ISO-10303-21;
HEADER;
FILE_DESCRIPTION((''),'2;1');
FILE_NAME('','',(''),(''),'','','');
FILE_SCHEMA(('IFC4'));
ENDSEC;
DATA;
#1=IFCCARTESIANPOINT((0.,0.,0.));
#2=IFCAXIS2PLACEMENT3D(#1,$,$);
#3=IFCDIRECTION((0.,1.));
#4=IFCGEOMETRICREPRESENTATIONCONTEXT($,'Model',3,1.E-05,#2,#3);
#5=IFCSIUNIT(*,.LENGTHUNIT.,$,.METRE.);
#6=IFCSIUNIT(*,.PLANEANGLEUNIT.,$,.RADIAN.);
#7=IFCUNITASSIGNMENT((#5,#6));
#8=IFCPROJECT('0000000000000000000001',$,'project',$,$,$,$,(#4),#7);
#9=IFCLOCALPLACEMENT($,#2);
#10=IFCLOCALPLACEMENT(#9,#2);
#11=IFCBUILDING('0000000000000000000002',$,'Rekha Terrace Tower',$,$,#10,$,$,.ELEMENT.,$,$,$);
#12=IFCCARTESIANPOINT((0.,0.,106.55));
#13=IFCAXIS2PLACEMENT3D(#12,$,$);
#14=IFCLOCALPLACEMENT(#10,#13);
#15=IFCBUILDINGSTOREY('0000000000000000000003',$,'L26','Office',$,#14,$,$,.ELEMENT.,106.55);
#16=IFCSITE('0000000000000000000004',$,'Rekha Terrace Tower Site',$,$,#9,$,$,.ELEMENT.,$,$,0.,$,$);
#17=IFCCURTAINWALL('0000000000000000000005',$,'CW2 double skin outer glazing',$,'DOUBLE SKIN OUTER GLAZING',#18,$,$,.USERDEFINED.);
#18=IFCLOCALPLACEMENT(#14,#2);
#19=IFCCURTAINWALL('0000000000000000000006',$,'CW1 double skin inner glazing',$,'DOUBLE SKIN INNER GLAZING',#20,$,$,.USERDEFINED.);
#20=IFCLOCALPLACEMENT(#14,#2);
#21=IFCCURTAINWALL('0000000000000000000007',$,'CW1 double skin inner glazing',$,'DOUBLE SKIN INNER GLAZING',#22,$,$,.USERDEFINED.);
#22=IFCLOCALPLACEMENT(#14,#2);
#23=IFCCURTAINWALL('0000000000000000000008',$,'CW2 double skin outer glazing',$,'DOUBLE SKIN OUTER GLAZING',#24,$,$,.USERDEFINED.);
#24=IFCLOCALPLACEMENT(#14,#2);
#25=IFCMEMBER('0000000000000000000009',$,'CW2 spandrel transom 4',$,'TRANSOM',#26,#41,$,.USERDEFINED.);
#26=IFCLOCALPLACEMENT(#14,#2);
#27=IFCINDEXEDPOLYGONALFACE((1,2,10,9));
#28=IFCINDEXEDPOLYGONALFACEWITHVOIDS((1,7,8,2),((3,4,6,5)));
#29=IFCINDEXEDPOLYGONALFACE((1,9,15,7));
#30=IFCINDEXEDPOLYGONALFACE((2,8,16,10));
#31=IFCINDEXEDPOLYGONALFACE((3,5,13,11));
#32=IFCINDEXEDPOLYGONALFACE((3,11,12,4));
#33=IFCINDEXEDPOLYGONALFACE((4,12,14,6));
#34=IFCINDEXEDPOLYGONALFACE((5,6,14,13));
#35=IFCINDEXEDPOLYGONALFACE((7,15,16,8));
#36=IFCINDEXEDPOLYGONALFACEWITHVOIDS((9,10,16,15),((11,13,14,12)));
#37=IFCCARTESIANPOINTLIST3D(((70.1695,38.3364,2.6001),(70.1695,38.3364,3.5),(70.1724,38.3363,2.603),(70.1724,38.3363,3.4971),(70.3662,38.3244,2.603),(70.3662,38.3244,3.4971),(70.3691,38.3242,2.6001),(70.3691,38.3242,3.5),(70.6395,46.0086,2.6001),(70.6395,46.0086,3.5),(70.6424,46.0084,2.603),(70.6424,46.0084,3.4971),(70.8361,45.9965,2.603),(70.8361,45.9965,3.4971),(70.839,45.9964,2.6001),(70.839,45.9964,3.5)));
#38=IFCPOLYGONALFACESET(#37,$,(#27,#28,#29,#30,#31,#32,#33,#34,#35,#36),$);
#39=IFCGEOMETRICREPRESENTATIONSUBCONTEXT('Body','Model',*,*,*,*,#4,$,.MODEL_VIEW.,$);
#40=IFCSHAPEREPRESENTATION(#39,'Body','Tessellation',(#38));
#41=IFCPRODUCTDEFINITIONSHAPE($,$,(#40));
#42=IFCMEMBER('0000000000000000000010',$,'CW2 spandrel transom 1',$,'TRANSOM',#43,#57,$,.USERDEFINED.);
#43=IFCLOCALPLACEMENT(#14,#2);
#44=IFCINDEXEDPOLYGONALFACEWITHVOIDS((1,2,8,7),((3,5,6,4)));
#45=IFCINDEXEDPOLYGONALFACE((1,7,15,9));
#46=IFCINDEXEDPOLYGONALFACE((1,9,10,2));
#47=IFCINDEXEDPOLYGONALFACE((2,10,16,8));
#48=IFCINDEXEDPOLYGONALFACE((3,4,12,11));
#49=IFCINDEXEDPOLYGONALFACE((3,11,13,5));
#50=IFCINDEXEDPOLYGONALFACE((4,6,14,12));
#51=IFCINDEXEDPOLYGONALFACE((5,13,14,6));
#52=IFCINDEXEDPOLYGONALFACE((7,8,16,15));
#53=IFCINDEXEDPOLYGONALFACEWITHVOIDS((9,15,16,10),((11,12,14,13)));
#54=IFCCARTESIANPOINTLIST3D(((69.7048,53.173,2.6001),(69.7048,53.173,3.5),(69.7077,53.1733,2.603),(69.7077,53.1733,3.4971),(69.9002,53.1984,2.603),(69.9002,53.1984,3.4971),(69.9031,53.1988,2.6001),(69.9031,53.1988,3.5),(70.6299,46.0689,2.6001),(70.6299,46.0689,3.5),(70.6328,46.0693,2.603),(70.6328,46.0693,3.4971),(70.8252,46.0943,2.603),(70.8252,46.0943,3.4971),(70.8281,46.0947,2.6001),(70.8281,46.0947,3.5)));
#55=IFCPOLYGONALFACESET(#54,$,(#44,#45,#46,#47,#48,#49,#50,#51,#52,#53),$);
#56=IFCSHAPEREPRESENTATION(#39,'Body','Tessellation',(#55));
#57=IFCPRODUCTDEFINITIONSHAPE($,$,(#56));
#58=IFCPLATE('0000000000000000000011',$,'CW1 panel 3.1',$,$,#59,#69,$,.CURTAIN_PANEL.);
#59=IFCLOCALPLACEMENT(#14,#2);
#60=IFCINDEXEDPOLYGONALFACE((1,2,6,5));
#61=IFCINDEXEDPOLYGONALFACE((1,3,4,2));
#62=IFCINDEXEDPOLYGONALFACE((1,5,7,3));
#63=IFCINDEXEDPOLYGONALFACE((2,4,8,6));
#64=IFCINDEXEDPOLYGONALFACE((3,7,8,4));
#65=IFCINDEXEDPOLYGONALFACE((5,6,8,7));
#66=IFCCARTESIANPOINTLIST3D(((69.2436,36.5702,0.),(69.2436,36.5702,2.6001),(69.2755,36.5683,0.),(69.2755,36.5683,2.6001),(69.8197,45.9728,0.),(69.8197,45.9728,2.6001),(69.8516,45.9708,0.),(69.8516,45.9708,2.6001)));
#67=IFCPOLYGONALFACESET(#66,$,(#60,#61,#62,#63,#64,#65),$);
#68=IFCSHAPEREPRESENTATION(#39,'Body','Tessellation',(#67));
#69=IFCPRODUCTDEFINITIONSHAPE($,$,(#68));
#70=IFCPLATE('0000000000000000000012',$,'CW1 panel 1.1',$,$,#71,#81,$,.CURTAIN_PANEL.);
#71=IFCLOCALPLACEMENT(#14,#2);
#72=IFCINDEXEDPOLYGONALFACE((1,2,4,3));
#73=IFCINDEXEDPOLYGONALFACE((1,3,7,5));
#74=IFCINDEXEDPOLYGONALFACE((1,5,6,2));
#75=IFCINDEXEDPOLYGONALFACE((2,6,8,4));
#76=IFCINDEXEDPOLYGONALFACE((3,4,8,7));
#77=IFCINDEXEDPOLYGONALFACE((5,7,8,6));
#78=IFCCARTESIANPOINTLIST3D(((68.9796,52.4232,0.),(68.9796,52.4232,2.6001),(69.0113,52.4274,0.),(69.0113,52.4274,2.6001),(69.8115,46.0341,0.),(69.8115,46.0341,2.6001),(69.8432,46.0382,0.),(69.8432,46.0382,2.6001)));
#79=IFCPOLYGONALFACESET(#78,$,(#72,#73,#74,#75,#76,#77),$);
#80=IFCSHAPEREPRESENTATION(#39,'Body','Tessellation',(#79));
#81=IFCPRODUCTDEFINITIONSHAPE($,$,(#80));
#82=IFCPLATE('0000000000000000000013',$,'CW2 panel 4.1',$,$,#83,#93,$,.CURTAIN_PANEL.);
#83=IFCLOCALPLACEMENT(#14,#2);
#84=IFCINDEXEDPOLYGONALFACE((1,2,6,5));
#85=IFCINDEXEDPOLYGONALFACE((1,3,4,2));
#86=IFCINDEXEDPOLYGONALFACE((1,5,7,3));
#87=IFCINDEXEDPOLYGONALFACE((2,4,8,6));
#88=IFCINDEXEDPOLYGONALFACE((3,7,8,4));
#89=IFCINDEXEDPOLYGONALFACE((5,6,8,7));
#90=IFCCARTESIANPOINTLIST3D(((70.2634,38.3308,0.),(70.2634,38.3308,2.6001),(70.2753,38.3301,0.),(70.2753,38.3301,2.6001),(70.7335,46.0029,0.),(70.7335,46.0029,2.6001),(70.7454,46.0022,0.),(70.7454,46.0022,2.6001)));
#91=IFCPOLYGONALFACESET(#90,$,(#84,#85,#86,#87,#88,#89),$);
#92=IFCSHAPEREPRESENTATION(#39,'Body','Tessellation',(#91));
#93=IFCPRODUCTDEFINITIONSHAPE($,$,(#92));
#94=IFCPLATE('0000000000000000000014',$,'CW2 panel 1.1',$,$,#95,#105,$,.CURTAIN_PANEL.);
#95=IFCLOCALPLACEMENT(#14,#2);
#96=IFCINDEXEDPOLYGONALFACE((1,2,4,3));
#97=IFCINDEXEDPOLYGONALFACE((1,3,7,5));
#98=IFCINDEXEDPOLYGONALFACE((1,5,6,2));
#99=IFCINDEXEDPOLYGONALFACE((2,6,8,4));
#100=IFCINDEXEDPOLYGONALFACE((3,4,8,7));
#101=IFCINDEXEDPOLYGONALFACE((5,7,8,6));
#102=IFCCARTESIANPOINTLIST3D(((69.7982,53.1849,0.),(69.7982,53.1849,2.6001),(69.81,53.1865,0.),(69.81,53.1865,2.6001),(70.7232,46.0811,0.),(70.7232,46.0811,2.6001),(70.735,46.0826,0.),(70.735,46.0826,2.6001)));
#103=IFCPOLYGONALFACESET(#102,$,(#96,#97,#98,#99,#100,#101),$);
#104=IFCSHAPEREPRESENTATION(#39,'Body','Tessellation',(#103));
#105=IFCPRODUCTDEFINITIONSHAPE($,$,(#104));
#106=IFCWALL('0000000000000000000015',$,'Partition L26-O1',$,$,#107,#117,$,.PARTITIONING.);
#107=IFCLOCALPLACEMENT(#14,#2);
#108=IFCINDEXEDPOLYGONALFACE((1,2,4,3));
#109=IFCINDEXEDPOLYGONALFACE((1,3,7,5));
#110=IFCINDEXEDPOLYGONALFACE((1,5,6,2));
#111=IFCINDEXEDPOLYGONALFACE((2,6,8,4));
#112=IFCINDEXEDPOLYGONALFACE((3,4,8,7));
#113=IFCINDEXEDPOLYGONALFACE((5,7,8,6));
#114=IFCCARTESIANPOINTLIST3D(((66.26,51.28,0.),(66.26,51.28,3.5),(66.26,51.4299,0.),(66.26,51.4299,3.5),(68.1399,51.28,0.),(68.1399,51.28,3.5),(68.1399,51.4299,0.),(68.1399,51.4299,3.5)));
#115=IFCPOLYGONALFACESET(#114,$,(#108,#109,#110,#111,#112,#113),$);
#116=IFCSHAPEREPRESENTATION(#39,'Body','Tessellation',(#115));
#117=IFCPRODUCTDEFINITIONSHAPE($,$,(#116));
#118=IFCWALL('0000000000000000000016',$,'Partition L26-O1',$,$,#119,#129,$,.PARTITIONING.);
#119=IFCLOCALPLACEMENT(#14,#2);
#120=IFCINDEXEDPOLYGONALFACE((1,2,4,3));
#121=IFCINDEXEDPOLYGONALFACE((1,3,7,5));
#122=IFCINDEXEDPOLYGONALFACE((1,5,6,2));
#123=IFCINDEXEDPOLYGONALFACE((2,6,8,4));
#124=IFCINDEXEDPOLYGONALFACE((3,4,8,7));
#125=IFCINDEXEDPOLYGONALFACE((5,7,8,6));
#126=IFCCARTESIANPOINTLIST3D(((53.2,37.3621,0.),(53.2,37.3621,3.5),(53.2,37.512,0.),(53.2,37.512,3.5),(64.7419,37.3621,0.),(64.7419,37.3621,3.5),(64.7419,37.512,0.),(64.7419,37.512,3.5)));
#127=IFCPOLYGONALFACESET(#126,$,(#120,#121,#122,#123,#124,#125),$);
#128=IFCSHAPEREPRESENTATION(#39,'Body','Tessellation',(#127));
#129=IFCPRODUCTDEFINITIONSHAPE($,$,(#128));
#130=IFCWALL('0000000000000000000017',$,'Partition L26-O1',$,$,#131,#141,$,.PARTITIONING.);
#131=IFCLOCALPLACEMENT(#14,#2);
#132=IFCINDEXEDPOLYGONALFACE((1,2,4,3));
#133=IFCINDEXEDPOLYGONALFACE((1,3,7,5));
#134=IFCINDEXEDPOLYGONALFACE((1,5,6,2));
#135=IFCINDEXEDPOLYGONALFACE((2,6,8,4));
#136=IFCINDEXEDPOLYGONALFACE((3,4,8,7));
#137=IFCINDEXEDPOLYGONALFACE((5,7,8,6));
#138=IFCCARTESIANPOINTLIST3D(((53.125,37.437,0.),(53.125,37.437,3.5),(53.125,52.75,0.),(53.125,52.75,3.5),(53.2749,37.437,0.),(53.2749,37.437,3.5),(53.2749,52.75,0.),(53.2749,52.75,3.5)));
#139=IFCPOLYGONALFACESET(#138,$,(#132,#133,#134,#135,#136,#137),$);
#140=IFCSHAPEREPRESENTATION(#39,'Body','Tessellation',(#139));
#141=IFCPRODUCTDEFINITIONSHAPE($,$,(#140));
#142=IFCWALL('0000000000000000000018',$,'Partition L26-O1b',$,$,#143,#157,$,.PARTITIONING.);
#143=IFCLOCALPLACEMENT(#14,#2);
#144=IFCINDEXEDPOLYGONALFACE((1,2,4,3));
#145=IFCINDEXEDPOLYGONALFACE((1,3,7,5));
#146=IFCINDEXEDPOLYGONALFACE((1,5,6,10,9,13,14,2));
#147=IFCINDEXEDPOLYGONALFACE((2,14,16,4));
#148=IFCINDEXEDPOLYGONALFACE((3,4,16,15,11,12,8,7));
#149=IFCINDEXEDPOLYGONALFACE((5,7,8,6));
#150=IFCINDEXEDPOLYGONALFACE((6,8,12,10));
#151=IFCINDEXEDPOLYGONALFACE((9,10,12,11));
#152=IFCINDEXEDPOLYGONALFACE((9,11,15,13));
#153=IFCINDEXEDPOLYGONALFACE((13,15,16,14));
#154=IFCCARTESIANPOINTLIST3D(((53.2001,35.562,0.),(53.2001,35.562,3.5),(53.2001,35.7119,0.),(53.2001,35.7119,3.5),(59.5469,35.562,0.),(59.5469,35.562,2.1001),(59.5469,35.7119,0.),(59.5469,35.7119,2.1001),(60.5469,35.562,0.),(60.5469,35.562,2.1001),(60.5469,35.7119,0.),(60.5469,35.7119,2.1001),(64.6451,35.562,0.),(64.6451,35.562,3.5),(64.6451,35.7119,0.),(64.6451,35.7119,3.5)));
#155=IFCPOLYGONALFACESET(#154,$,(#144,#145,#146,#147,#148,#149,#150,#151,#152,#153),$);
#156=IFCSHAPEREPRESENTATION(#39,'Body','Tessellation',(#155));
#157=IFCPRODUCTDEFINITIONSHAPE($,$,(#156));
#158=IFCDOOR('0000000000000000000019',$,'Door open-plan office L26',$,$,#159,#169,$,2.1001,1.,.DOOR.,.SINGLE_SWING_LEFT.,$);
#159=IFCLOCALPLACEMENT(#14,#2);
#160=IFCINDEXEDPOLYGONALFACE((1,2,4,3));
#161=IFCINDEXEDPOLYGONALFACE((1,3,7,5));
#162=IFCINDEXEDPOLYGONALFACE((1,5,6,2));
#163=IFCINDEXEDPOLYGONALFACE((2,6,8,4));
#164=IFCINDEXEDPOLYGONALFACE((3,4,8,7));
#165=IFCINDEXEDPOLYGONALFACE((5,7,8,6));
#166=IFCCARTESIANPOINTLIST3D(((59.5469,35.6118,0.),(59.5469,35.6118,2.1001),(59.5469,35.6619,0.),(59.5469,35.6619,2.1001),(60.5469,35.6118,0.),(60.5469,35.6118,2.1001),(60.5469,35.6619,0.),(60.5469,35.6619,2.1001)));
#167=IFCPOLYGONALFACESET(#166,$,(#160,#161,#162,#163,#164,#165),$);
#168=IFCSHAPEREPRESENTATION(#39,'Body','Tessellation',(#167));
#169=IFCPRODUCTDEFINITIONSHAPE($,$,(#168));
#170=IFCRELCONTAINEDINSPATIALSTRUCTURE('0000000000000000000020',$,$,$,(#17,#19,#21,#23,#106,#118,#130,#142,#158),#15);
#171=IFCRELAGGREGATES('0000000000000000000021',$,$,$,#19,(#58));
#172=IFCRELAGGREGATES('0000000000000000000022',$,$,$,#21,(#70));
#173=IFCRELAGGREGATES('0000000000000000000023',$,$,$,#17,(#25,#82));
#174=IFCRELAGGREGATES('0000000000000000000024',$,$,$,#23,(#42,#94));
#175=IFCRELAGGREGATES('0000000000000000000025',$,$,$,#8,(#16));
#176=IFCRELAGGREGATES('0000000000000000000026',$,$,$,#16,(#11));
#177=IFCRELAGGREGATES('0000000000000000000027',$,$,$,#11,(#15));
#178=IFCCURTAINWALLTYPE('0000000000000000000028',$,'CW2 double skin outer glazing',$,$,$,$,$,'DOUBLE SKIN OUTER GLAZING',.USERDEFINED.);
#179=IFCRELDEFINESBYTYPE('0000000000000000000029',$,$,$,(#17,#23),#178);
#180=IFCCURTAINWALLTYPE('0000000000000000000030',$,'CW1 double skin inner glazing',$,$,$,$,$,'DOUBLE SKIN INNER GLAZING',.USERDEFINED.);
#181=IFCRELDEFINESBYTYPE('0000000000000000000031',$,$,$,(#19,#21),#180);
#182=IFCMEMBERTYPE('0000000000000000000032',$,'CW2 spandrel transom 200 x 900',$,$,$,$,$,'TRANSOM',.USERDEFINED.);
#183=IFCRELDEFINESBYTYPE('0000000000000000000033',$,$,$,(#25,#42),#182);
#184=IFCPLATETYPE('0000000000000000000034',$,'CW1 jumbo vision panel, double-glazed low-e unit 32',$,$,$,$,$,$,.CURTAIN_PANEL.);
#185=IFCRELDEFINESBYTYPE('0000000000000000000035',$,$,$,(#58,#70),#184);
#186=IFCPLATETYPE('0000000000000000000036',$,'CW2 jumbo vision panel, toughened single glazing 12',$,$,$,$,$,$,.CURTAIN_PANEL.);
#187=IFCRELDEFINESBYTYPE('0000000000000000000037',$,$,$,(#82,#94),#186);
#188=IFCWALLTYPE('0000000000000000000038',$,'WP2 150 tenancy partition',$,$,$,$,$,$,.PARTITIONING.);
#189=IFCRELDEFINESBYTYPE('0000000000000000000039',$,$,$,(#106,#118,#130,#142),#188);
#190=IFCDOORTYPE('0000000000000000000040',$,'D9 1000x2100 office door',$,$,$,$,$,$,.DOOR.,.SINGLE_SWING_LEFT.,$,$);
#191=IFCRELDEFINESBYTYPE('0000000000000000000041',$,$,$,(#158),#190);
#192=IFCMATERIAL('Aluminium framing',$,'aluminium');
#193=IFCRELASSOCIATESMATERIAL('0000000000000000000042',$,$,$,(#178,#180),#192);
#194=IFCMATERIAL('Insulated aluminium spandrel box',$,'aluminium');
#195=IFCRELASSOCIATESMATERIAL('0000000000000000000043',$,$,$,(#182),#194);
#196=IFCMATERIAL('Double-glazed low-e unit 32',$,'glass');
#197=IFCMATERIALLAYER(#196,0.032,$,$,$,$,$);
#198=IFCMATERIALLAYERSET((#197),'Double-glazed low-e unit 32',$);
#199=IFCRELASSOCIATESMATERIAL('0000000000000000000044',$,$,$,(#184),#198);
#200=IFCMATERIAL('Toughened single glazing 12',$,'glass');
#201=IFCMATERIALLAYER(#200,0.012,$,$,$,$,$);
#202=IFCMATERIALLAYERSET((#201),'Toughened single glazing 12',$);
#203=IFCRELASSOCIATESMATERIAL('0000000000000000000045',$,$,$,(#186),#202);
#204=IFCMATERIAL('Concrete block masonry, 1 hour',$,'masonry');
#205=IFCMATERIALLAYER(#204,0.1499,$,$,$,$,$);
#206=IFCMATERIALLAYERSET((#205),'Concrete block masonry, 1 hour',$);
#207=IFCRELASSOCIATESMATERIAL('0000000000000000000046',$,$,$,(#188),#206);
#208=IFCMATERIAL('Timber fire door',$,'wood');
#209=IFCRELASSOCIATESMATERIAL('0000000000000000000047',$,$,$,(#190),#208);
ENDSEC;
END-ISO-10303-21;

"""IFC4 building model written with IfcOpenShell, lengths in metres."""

from ifc_helpers import new_model, si_unit, direction, frame, frame_2d, origin, origin_2d, place, context, subcontext, project, spatial, rectangle, hollow_rectangle, extrude, material, layer, layer_set, material_profile, profile_set, type_object, element, fill, aggregate, save


model = new_model("IFC4")

# Units and contexts
model_context = context("Model", 3, precision=1e-05, world=origin(), true_north=direction((0.0, 1.0)))
body_context = subcontext(model_context, "Body", "Model", "MODEL_VIEW")
ifc_project = project(units=[si_unit("LENGTHUNIT", "METRE"), si_unit("PLANEANGLEUNIT", "RADIAN")], contexts=[model_context])

# Site, building, storey
site_placement = place(None, origin())
site = spatial("IfcSite", under=ifc_project, at=site_placement, Name="Rekha Terrace Tower Site", CompositionType="ELEMENT", RefElevation=0.0)
building_placement = place(site_placement, origin())
building = spatial("IfcBuilding", under=site, at=building_placement, Name="Rekha Terrace Tower", CompositionType="ELEMENT")
storey_placement = place(building_placement, frame((0.0, 0.0, 106.55)))
storey = spatial("IfcBuildingStorey", under=building, at=storey_placement, Name="L26", Description="Office", CompositionType="ELEMENT", Elevation=106.55)

# Curtain walls
ifc_material_1 = material(Name="Aluminium framing", Category="aluminium")
curtain_wall_type_1 = type_object("IfcCurtainWallType", Name="CW2 double skin outer glazing", ElementType="DOUBLE SKIN OUTER GLAZING", PredefinedType="USERDEFINED", material=ifc_material_1)
curtain_wall_1_placement = place(storey_placement, origin())
curtain_wall_1 = element("IfcCurtainWall", 1, at=curtain_wall_1_placement, inside=storey, type_object=curtain_wall_type_1, Name="CW2 double skin outer glazing", ObjectType="DOUBLE SKIN OUTER GLAZING", PredefinedType="USERDEFINED")
curtain_wall_type_2 = type_object("IfcCurtainWallType", Name="CW1 double skin inner glazing", ElementType="DOUBLE SKIN INNER GLAZING", PredefinedType="USERDEFINED", material=ifc_material_1)
curtain_wall_2_placement = place(storey_placement, origin())
curtain_wall_2 = element("IfcCurtainWall", 2, at=curtain_wall_2_placement, inside=storey, type_object=curtain_wall_type_2, Name="CW1 double skin inner glazing", ObjectType="DOUBLE SKIN INNER GLAZING", PredefinedType="USERDEFINED")
curtain_wall_3_placement = place(storey_placement, origin())
curtain_wall_3 = element("IfcCurtainWall", 3, at=curtain_wall_3_placement, inside=storey, type_object=curtain_wall_type_2, Name="CW1 double skin inner glazing", ObjectType="DOUBLE SKIN INNER GLAZING", PredefinedType="USERDEFINED")

# Shared definitions
ifc_material_2 = material(Name="Insulated aluminium spandrel box", Category="aluminium")

# Curtain wall
curtain_wall_4_placement = place(storey_placement, origin())
curtain_wall_4 = element("IfcCurtainWall", 4, at=curtain_wall_4_placement, inside=storey, type_object=curtain_wall_type_1, Name="CW2 double skin outer glazing", ObjectType="DOUBLE SKIN OUTER GLAZING", PredefinedType="USERDEFINED")

# Members
ifc_material_profile_1 = material_profile(ifc_material_2, hollow_rectangle(XDim=0.2, YDim=0.8999, WallThickness=0.0029, at=origin_2d()), Name="AL SPANDREL BOX 200x900")
ifc_profile_set_1 = profile_set([ifc_material_profile_1], Name="Insulated aluminium spandrel box")
member_type_1 = type_object("IfcMemberType", Name="CW2 spandrel transom 200 x 900", ElementType="TRANSOM", PredefinedType="USERDEFINED", material=ifc_profile_set_1)
member_1_placement = place(storey_placement, frame((70.2693, 38.3303, 3.05), z_axis=(0.061142, 0.998129, 0.0), x_axis=(-0.998129, 0.061142, 0.0)))
member_1 = element("IfcMember", 5, at=member_1_placement, type_object=member_type_1, Name="CW2 spandrel transom 4", ObjectType="TRANSOM", PredefinedType="USERDEFINED", context=body_context, shape_type="SweptSolid", body=[
    extrude(hollow_rectangle(XDim=0.2, YDim=0.8999, WallThickness=0.0029, at=origin_2d()), origin(), (0.0, 0.0, 1.0), 7.6865),
])
member_2_placement = place(storey_placement, frame((70.729, 46.0818, 3.05), z_axis=(-0.129125, 0.991628, 0.0), x_axis=(-0.991628, -0.129125, 0.0)))
member_2 = element("IfcMember", 6, at=member_2_placement, type_object=member_type_1, Name="CW2 spandrel transom 1", ObjectType="TRANSOM", PredefinedType="USERDEFINED", context=body_context, shape_type="SweptSolid", body=[
    extrude(hollow_rectangle(XDim=0.2, YDim=0.8999, WallThickness=0.0029, at=origin_2d()), origin(), (0.0, 0.0, 1.0), 7.1641),
])

# Plates
ifc_material_3 = material(Name="Double-glazed low-e unit 32", Category="glass")
ifc_layer_1 = layer(ifc_material_3, 0.032)
ifc_layer_set_1 = layer_set([ifc_layer_1], Name="Double-glazed low-e unit 32")
plate_type_1 = type_object("IfcPlateType", Name="CW1 jumbo vision panel, double-glazed low-e unit 32", PredefinedType="CURTAIN_PANEL", material=ifc_layer_set_1)
plate_1_placement = place(storey_placement, frame((69.5476, 41.2705, 0.0), z_axis=(0.0, 0.0, 1.0), x_axis=(0.06116, 0.998128, 0.0)))
plate_1 = element("IfcPlate", 7, at=plate_1_placement, type_object=plate_type_1, Name="CW1 panel 3.1", PredefinedType="CURTAIN_PANEL", context=body_context, shape_type="SweptSolid", body=[
    extrude(rectangle(XDim=9.4202, YDim=0.032, at=origin_2d()), origin(), (0.0, 0.0, 1.0), 2.6001),
])
aggregate(curtain_wall_2, [plate_1])
plate_2_placement = place(storey_placement, frame((69.4114, 49.2307, 0.0), z_axis=(0.0, 0.0, 1.0), x_axis=(-0.129118, 0.991629, 0.0)))
plate_2 = element("IfcPlate", 8, at=plate_2_placement, type_object=plate_type_1, Name="CW1 panel 1.1", PredefinedType="CURTAIN_PANEL", context=body_context, shape_type="SweptSolid", body=[
    extrude(rectangle(XDim=6.4431, YDim=0.032, at=origin_2d()), origin(), (0.0, 0.0, 1.0), 2.6001),
])
aggregate(curtain_wall_3, [plate_2])
ifc_material_4 = material(Name="Toughened single glazing 12", Category="glass")
ifc_layer_2 = layer(ifc_material_4, 0.012)
ifc_layer_set_2 = layer_set([ifc_layer_2], Name="Toughened single glazing 12")
plate_type_2 = type_object("IfcPlateType", Name="CW2 jumbo vision panel, toughened single glazing 12", PredefinedType="CURTAIN_PANEL", material=ifc_layer_set_2)
plate_3_placement = place(storey_placement, frame((70.5044, 42.1665, 0.0), z_axis=(0.0, 0.0, 1.0), x_axis=(0.06116, 0.998128, 0.0)))
plate_3 = element("IfcPlate", 9, at=plate_3_placement, type_object=plate_type_2, Name="CW2 panel 4.1", PredefinedType="CURTAIN_PANEL", context=body_context, shape_type="SweptSolid", body=[
    extrude(rectangle(XDim=7.6865, YDim=0.012, at=origin_2d()), origin(), (0.0, 0.0, 1.0), 2.6001),
])
aggregate(curtain_wall_1, [member_1, plate_3])
plate_4_placement = place(storey_placement, frame((70.2666, 49.6338, 0.0), z_axis=(0.0, 0.0, 1.0), x_axis=(-0.129118, 0.991629, 0.0)))
plate_4 = element("IfcPlate", 10, at=plate_4_placement, type_object=plate_type_2, Name="CW2 panel 1.1", PredefinedType="CURTAIN_PANEL", context=body_context, shape_type="SweptSolid", body=[
    extrude(rectangle(XDim=7.1638, YDim=0.012, at=origin_2d()), origin(), (0.0, 0.0, 1.0), 2.6001),
])
aggregate(curtain_wall_4, [member_2, plate_4])

# Walls
ifc_material_5 = material(Name="Concrete block masonry, 1 hour", Category="masonry")
ifc_layer_3 = layer(ifc_material_5, 0.1499)
ifc_layer_set_3 = layer_set([ifc_layer_3], Name="Concrete block masonry, 1 hour")
wall_type_1 = type_object("IfcWallType", Name="WP2 150 tenancy partition", PredefinedType="PARTITIONING", material=ifc_layer_set_3)
wall_1_placement = place(storey_placement, frame((66.26, 51.355, 0.0), z_axis=(0.0, 0.0, 1.0), x_axis=(1.0, 0.0, 0.0)))
element("IfcWall", 11, at=wall_1_placement, inside=storey, type_object=wall_type_1, Name="Partition L26-O1", PredefinedType="PARTITIONING", context=body_context, shape_type="SweptSolid", body=[
    extrude(rectangle(XDim=1.8799, YDim=0.1499, at=frame_2d((0.9399, 0.0))), origin(), (0.0, 0.0, 1.0), 3.5),
])
wall_2_placement = place(storey_placement, frame((64.7419, 37.437, 0.0), z_axis=(0.0, 0.0, 1.0), x_axis=(-1.0, 0.0, 0.0)))
element("IfcWall", 12, at=wall_2_placement, inside=storey, type_object=wall_type_1, Name="Partition L26-O1", PredefinedType="PARTITIONING", context=body_context, shape_type="SweptSolid", body=[
    extrude(rectangle(XDim=11.542, YDim=0.1499, at=frame_2d((5.771, 0.0))), origin(), (0.0, 0.0, 1.0), 3.5),
])
wall_3_placement = place(storey_placement, frame((53.2, 37.437, 0.0), z_axis=(0.0, 0.0, 1.0), x_axis=(0.0, 1.0, 0.0)))
element("IfcWall", 13, at=wall_3_placement, inside=storey, type_object=wall_type_1, Name="Partition L26-O1", PredefinedType="PARTITIONING", context=body_context, shape_type="SweptSolid", body=[
    extrude(rectangle(XDim=15.313, YDim=0.1499, at=frame_2d((7.6565, 0.0))), origin(), (0.0, 0.0, 1.0), 3.5),
])

# Wall, opening, door
wall_4_placement = place(storey_placement, frame((53.2, 35.637, 0.0), z_axis=(0.0, 0.0, 1.0), x_axis=(1.0, 0.0, 0.0)))
wall_4 = element("IfcWall", 14, at=wall_4_placement, inside=storey, type_object=wall_type_1, Name="Partition L26-O1b", PredefinedType="PARTITIONING", context=body_context, shape_type="SweptSolid", body=[
    extrude(rectangle(XDim=11.4451, YDim=0.1499, at=frame_2d((5.7227, 0.0))), origin(), (0.0, 0.0, 1.0), 3.5),
])
opening_1_placement = place(wall_4_placement, frame((6.3469, 0.0, 0.0)))
opening_1 = element("IfcOpeningElement", 15, at=opening_1_placement, cuts=wall_4, PredefinedType="OPENING", context=body_context, shape_type="SweptSolid", body=[
    extrude(rectangle(XDim=1.0, YDim=2.1001, at=frame_2d((0.5, 1.05))), frame((0.0, 0.085, 0.0), z_axis=(0.0, -1.0, 0.0), x_axis=(1.0, 0.0, 0.0)), (0.0, 0.0, 1.0), 0.1699),
])
ifc_material_6 = material(Name="Timber fire door", Category="wood")
door_type = type_object("IfcDoorType", Name="D9 1000x2100 office door", OperationType="SINGLE_SWING_LEFT", PredefinedType="DOOR", material=ifc_material_6)
door_1_placement = place(opening_1_placement, origin())
door_1 = element("IfcDoor", 16, at=door_1_placement, inside=storey, type_object=door_type, Name="Door open-plan office L26", OperationType="SINGLE_SWING_LEFT", OverallHeight=2.1001, OverallWidth=1.0, PredefinedType="DOOR", context=body_context, shape_type="SweptSolid", body=[
    extrude(rectangle(XDim=1.0, YDim=2.1001, at=frame_2d((0.5, 1.05))), frame((0.0, 0.0249, 0.0), z_axis=(0.0, -1.0, 0.0), x_axis=(1.0, 0.0, 0.0)), (0.0, 0.0, 1.0), 0.05),
])
fill(opening_1, door_1)

save(model, "model.ifc")
